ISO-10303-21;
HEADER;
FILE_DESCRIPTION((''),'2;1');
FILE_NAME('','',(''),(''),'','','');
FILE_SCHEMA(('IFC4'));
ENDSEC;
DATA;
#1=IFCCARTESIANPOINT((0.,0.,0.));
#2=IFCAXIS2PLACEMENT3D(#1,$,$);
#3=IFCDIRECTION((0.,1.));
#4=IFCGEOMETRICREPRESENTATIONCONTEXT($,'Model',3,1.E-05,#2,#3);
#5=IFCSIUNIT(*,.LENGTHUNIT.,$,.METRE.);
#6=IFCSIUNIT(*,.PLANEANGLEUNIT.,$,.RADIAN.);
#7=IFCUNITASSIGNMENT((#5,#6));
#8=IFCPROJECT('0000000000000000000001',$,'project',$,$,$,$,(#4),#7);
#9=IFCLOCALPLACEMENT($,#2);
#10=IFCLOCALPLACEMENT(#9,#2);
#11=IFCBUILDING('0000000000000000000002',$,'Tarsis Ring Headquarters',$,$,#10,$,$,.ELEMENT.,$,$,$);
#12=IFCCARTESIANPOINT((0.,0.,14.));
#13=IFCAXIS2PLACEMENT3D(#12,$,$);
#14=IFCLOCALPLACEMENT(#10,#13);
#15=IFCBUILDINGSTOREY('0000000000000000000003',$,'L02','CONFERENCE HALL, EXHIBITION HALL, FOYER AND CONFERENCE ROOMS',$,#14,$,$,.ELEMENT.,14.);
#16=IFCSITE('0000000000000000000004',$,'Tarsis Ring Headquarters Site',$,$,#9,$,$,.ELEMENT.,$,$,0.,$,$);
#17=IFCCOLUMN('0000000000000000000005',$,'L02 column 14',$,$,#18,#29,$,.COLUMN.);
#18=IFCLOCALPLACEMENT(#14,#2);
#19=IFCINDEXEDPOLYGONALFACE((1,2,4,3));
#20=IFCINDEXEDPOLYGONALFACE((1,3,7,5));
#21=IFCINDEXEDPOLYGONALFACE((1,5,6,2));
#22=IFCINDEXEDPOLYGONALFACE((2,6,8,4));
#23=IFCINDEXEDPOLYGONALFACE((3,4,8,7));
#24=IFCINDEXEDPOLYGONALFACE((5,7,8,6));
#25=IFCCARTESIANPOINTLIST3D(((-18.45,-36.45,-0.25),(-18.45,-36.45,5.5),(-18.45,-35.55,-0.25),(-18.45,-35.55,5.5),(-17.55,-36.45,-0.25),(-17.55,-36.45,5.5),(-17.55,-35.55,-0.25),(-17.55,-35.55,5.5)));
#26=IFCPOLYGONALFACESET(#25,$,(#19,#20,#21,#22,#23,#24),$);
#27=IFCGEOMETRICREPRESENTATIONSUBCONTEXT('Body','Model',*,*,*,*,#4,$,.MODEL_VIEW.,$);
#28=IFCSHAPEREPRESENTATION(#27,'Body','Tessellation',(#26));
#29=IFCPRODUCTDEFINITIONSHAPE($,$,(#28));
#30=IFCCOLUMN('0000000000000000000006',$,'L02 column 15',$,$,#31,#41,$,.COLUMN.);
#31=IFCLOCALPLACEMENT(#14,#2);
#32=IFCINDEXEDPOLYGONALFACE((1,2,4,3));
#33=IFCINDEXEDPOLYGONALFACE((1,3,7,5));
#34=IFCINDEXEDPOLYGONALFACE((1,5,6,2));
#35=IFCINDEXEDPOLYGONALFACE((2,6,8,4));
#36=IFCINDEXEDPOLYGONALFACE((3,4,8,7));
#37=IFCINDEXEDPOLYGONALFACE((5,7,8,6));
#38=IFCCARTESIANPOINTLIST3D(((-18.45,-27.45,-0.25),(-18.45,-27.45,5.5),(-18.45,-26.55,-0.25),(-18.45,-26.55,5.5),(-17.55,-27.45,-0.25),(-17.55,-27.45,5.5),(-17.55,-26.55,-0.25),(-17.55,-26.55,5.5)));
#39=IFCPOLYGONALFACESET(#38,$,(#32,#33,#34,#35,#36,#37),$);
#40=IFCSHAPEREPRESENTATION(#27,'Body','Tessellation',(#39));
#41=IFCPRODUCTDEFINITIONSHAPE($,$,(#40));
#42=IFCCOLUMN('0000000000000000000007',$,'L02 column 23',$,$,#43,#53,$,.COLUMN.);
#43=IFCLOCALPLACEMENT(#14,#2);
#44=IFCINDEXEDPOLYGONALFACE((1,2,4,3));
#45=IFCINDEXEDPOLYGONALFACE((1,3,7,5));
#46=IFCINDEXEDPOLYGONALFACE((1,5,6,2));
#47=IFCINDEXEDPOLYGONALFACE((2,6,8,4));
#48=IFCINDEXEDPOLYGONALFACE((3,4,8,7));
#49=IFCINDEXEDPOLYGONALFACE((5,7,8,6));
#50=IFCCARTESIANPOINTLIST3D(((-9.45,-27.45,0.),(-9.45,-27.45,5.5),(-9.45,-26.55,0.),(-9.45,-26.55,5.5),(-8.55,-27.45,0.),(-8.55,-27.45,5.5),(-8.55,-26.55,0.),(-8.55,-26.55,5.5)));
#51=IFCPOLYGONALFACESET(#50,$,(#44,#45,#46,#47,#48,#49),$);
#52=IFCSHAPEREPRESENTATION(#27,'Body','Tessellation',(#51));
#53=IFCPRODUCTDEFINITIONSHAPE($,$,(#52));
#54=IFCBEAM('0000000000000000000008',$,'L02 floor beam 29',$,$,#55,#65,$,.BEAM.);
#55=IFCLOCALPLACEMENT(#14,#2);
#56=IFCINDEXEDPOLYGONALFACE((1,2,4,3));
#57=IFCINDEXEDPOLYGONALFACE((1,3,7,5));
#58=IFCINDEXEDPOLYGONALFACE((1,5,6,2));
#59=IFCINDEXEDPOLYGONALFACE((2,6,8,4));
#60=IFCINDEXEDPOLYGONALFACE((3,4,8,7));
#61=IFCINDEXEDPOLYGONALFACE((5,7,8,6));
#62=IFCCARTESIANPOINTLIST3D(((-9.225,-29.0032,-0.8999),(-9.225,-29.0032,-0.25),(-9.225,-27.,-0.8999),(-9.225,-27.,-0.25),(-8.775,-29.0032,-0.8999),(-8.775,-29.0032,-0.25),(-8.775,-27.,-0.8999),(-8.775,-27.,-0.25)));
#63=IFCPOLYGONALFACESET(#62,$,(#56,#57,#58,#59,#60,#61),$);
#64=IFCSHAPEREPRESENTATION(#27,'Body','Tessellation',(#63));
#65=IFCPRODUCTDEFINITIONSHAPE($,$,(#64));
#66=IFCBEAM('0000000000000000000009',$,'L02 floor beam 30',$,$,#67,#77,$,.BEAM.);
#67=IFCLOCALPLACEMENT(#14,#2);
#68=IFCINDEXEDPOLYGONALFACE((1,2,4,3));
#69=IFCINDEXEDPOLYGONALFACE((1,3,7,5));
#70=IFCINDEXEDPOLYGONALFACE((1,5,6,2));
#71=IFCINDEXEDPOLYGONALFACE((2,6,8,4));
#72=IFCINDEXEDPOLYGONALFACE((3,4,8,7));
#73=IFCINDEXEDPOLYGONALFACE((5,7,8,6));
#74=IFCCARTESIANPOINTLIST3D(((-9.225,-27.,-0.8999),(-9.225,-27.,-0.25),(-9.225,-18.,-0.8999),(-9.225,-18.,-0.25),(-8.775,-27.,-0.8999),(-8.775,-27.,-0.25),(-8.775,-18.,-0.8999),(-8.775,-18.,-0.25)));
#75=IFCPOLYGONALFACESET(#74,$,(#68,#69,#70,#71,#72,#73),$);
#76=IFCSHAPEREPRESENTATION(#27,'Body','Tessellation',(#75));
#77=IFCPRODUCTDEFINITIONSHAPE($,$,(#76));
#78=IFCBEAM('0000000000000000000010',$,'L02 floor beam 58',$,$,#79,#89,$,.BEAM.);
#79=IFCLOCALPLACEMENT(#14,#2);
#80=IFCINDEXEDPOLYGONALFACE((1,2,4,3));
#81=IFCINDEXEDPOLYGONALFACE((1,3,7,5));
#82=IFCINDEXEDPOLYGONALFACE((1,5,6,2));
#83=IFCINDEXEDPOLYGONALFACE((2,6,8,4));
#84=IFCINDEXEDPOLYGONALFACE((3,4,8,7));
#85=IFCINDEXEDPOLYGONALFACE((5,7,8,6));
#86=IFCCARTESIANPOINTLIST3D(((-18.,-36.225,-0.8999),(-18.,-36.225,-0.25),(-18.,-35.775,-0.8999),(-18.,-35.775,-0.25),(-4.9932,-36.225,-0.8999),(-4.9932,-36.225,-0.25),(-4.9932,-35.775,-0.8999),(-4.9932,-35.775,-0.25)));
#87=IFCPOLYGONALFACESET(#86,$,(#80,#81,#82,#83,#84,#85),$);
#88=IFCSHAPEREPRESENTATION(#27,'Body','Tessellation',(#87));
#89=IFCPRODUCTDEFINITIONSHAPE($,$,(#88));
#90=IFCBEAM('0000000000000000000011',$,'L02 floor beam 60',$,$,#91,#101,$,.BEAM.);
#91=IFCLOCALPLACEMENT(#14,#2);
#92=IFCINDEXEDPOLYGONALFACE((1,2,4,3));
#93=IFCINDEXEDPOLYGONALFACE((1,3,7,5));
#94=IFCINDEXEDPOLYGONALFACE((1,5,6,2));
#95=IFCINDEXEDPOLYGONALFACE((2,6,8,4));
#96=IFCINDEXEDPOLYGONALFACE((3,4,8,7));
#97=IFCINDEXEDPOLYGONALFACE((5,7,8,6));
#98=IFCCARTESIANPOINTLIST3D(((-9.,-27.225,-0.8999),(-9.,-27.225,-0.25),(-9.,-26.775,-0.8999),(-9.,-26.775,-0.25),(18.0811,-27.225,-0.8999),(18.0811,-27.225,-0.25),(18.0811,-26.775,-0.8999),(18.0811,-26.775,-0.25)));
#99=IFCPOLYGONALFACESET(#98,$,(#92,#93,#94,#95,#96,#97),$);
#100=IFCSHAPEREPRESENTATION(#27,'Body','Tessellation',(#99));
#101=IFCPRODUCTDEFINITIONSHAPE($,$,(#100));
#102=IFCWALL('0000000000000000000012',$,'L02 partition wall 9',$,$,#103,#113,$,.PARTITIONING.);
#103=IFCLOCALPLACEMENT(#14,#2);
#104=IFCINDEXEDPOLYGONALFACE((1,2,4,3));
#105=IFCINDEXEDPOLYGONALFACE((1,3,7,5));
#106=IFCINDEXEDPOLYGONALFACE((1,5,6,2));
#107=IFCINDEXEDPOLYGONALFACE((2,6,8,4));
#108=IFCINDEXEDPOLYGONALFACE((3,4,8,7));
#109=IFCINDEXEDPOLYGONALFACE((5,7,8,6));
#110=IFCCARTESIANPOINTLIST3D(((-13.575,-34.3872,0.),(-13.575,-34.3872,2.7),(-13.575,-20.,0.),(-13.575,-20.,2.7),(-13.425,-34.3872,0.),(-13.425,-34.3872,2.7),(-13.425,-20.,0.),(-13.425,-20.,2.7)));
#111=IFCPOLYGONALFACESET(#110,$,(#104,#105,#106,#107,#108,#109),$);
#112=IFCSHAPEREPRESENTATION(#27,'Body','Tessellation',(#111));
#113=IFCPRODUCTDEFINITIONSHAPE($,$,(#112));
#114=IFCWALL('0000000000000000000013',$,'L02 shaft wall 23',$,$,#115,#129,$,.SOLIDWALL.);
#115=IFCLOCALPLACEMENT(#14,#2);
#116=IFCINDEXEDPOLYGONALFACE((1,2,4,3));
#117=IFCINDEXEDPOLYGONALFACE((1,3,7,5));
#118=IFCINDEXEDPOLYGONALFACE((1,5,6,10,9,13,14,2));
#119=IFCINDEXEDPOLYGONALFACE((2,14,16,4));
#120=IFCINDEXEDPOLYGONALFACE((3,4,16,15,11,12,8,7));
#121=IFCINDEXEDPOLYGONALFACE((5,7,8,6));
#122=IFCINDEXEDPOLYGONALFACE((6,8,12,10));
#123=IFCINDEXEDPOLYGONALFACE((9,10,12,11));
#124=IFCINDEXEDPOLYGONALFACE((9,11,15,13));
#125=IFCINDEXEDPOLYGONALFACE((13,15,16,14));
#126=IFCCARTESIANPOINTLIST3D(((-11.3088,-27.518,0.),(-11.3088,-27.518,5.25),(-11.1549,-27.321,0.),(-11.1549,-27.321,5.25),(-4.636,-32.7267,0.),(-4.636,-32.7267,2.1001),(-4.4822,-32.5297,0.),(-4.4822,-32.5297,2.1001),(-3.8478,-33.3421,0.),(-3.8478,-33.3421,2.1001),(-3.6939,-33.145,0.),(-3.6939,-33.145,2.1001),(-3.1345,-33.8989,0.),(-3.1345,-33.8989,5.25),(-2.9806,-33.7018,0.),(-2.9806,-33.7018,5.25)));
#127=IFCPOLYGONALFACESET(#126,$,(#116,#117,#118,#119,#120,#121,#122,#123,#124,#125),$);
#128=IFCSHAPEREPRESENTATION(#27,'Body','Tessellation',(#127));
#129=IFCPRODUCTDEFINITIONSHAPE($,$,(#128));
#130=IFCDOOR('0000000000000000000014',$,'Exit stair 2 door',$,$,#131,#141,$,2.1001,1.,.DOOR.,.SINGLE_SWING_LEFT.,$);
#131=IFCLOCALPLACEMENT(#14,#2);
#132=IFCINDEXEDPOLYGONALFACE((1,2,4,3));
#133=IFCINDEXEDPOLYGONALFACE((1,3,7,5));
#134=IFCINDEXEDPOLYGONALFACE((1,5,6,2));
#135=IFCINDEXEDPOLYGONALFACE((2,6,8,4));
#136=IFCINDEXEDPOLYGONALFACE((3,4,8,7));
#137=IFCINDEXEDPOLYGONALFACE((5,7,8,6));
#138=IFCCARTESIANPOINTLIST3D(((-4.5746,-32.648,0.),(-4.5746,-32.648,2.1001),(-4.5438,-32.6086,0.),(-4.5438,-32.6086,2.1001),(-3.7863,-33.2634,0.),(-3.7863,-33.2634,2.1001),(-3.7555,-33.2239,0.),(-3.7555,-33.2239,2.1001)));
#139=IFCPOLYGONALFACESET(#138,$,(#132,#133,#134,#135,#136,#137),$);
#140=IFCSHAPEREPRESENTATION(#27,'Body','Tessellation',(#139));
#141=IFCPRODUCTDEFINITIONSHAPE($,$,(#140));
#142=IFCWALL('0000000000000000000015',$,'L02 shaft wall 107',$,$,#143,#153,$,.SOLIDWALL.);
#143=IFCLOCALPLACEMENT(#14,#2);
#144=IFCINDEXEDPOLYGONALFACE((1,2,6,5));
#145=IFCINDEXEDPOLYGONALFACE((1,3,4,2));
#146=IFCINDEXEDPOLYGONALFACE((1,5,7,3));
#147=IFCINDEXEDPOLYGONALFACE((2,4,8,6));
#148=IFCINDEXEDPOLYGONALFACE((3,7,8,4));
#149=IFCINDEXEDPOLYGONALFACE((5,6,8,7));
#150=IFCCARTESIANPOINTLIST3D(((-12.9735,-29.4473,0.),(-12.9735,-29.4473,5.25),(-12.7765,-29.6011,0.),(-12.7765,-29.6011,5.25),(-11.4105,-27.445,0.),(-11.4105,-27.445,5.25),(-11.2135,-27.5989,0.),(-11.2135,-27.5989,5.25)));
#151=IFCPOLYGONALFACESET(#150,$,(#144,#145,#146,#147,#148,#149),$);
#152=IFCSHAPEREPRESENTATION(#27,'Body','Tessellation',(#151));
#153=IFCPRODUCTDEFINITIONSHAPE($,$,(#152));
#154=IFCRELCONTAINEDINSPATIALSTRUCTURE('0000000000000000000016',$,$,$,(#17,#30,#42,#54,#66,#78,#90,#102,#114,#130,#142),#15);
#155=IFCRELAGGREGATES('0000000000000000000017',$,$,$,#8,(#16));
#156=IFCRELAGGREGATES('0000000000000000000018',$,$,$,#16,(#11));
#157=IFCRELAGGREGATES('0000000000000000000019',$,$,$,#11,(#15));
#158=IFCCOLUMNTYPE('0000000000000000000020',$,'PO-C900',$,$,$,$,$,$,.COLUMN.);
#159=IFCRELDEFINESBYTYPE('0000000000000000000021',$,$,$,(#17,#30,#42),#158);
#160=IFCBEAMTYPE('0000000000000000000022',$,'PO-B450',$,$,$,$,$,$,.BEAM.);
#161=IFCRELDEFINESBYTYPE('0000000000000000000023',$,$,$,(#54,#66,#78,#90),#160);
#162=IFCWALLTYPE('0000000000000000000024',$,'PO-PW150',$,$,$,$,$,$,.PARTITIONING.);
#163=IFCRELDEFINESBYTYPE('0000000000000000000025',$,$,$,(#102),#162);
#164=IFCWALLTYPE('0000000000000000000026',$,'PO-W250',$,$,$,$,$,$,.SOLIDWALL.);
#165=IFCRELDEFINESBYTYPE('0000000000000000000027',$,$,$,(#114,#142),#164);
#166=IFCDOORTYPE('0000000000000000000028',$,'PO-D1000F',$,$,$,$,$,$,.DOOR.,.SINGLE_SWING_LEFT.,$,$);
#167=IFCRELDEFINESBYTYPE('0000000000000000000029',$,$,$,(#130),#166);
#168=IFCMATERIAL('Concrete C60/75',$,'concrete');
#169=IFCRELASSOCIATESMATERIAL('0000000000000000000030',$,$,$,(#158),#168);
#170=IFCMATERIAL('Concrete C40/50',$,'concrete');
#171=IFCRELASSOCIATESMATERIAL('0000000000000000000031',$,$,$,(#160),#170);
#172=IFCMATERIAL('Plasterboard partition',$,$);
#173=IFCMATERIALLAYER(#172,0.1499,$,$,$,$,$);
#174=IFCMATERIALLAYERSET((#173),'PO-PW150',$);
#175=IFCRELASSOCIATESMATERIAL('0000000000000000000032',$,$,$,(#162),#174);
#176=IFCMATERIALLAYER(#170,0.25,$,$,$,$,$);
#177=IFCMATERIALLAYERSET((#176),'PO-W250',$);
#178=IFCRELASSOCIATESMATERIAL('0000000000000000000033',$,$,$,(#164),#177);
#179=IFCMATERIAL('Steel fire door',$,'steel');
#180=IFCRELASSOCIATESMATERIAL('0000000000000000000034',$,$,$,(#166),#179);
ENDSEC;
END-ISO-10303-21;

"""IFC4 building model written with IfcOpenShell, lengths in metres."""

from ifc_helpers import new_model, si_unit, direction, frame, frame_2d, origin, origin_2d, place, context, subcontext, project, spatial, rectangle, extrude, material, layer, layer_set, material_profile, profile_set, type_object, element, fill, save


model = new_model("IFC4")

# Units and contexts
model_context = context("Model", 3, precision=1e-05, world=origin(), true_north=direction((0.0, 1.0)))
body_context = subcontext(model_context, "Body", "Model", "MODEL_VIEW")
ifc_project = project(units=[si_unit("LENGTHUNIT", "METRE"), si_unit("PLANEANGLEUNIT", "RADIAN")], contexts=[model_context])

# Site, building, storey
site_placement = place(None, origin())
site = spatial("IfcSite", under=ifc_project, at=site_placement, Name="Tarsis Ring Headquarters Site", CompositionType="ELEMENT", RefElevation=0.0)
building_placement = place(site_placement, origin())
building = spatial("IfcBuilding", under=site, at=building_placement, Name="Tarsis Ring Headquarters", CompositionType="ELEMENT")
storey_placement = place(building_placement, frame((0.0, 0.0, 14.0)))
storey = spatial("IfcBuildingStorey", under=building, at=storey_placement, Name="L02", Description="CONFERENCE HALL, EXHIBITION HALL, FOYER AND CONFERENCE ROOMS", CompositionType="ELEMENT", Elevation=14.0)

# Columns
ifc_material_1 = material(Name="Concrete C60/75", Category="concrete")
ifc_material_profile_1 = material_profile(ifc_material_1, rectangle(XDim=0.8999, YDim=0.8999, at=origin_2d()), Name="PO-C900")
ifc_profile_set_1 = profile_set([ifc_material_profile_1], Name="Concrete C60/75")
column_type = type_object("IfcColumnType", Name="PO-C900", PredefinedType="COLUMN", material=ifc_profile_set_1)
for number, where, z_axis, x_axis, name in (
    (1, (-18.0, -36.0, -0.25), (0.0, 0.0, 1.0), (1.0, 0.0, 0.0), "L02 column 14"),
    (2, (-18.0, -27.0, -0.25), (0.0, 0.0, 1.0), (1.0, 0.0, 0.0), "L02 column 15"),
):
    element("IfcColumn", number, at=place(storey_placement, frame(where, z_axis=z_axis, x_axis=x_axis)), inside=storey, type_object=column_type, Name=name, PredefinedType="COLUMN", context=body_context, shape_type="SweptSolid", body=[
        extrude(rectangle(XDim=0.8999, YDim=0.8999, at=origin_2d()), origin(), (0.0, 0.0, 1.0), 5.75),
    ])
column_placement = place(storey_placement, frame((-9.0, -27.0, 0.0), z_axis=(0.0, 0.0, 1.0), x_axis=(1.0, 0.0, 0.0)))
element("IfcColumn", 3, at=column_placement, inside=storey, type_object=column_type, Name="L02 column 23", PredefinedType="COLUMN", context=body_context, shape_type="SweptSolid", body=[
    extrude(rectangle(XDim=0.8999, YDim=0.8999, at=origin_2d()), origin(), (0.0, 0.0, 1.0), 5.5),
])

# Beams
ifc_material_2 = material(Name="Concrete C40/50", Category="concrete")
ifc_material_profile_2 = material_profile(ifc_material_2, rectangle(XDim=0.45, YDim=0.6499, at=origin_2d()), Name="PO-B450")
ifc_profile_set_2 = profile_set([ifc_material_profile_2], Name="Concrete C40/50")
beam_type = type_object("IfcBeamType", Name="PO-B450", PredefinedType="BEAM", material=ifc_profile_set_2)
beam_1_placement = place(storey_placement, frame((-9.0, -29.0032, -0.575), z_axis=(0.0, 1.0, 0.0), x_axis=(-1.0, 0.0, 0.0)))
element("IfcBeam", 4, at=beam_1_placement, inside=storey, type_object=beam_type, Name="L02 floor beam 29", PredefinedType="BEAM", context=body_context, shape_type="SweptSolid", body=[
    extrude(rectangle(XDim=0.45, YDim=0.6499, at=origin_2d()), origin(), (0.0, 0.0, 1.0), 2.0032),
])
beam_2_placement = place(storey_placement, frame((-9.0, -27.0, -0.575), z_axis=(0.0, 1.0, 0.0), x_axis=(-1.0, 0.0, 0.0)))
element("IfcBeam", 5, at=beam_2_placement, inside=storey, type_object=beam_type, Name="L02 floor beam 30", PredefinedType="BEAM", context=body_context, shape_type="SweptSolid", body=[
    extrude(rectangle(XDim=0.45, YDim=0.6499, at=origin_2d()), origin(), (0.0, 0.0, 1.0), 9.0),
])
beam_3_placement = place(storey_placement, frame((-18.0, -36.0, -0.575), z_axis=(1.0, 0.0, 0.0), x_axis=(0.0, 1.0, 0.0)))
element("IfcBeam", 6, at=beam_3_placement, inside=storey, type_object=beam_type, Name="L02 floor beam 58", PredefinedType="BEAM", context=body_context, shape_type="SweptSolid", body=[
    extrude(rectangle(XDim=0.45, YDim=0.6499, at=origin_2d()), origin(), (0.0, 0.0, 1.0), 13.0068),
])
beam_4_placement = place(storey_placement, frame((-9.0, -27.0, -0.575), z_axis=(1.0, 0.0, 0.0), x_axis=(0.0, 1.0, 0.0)))
element("IfcBeam", 7, at=beam_4_placement, inside=storey, type_object=beam_type, Name="L02 floor beam 60", PredefinedType="BEAM", context=body_context, shape_type="SweptSolid", body=[
    extrude(rectangle(XDim=0.45, YDim=0.6499, at=origin_2d()), origin(), (0.0, 0.0, 1.0), 27.0811),
])

# Wall
ifc_material_3 = material(Name="Plasterboard partition")
ifc_layer_1 = layer(ifc_material_3, 0.1499)
ifc_layer_set_1 = layer_set([ifc_layer_1], Name="PO-PW150")
wall_type_1 = type_object("IfcWallType", Name="PO-PW150", PredefinedType="PARTITIONING", material=ifc_layer_set_1)
wall_1_placement = place(storey_placement, frame((-13.5, -34.3872, 0.0), z_axis=(0.0, 0.0, 1.0), x_axis=(0.0, 1.0, 0.0)))
element("IfcWall", 8, at=wall_1_placement, inside=storey, type_object=wall_type_1, Name="L02 partition wall 9", PredefinedType="PARTITIONING", context=body_context, shape_type="SweptSolid", body=[
    extrude(rectangle(XDim=14.3872, YDim=0.1499, at=frame_2d((7.1936, 0.0))), origin(), (0.0, 0.0, 1.0), 2.7),
])

# Wall, opening, door
ifc_layer_2 = layer(ifc_material_2, 0.25)
ifc_layer_set_2 = layer_set([ifc_layer_2], Name="PO-W250")
wall_type_2 = type_object("IfcWallType", Name="PO-W250", PredefinedType="SOLIDWALL", material=ifc_layer_set_2)
wall_2_placement = place(storey_placement, frame((-11.2319, -27.4194, 0.0), z_axis=(0.0, 0.0, 1.0), x_axis=(0.788273, -0.615325, 0.0)))
wall_2 = element("IfcWall", 9, at=wall_2_placement, inside=storey, type_object=wall_type_2, Name="L02 shaft wall 23", PredefinedType="SOLIDWALL", context=body_context, shape_type="SweptSolid", body=[
    extrude(rectangle(XDim=10.3699, YDim=0.25, at=frame_2d((5.1851, 0.0))), origin(), (0.0, 0.0, 1.0), 5.25),
])
opening_placement = place(wall_2_placement, frame((8.4651, 0.0, 0.0)))
opening = element("IfcOpeningElement", 10, at=opening_placement, cuts=wall_2, PredefinedType="OPENING", context=body_context, shape_type="SweptSolid", body=[
    extrude(rectangle(XDim=1.0, YDim=2.1001, at=frame_2d((0.5, 1.05))), frame((0.0, 0.135, 0.0), z_axis=(0.0, -1.0, 0.0), x_axis=(1.0, 0.0, 0.0)), (0.0, 0.0, 1.0), 0.27),
])
ifc_material_4 = material(Name="Steel fire door", Category="steel")
door_type = type_object("IfcDoorType", Name="PO-D1000F", OperationType="SINGLE_SWING_LEFT", PredefinedType="DOOR", material=ifc_material_4)
door_placement = place(opening_placement, origin())
door = element("IfcDoor", 11, at=door_placement, inside=storey, type_object=door_type, Name="Exit stair 2 door", OperationType="SINGLE_SWING_LEFT", OverallHeight=2.1001, OverallWidth=1.0, PredefinedType="DOOR", context=body_context, shape_type="SweptSolid", body=[
    extrude(rectangle(XDim=1.0, YDim=2.1001, at=frame_2d((0.5, 1.05))), frame((0.0, 0.0249, 0.0), z_axis=(0.0, -1.0, 0.0), x_axis=(1.0, 0.0, 0.0)), (0.0, 0.0, 1.0), 0.05),
])
fill(opening, door)

# Wall
wall_3_placement = place(storey_placement, frame((-12.875, -29.5242, 0.0), z_axis=(0.0, 0.0, 1.0), x_axis=(0.615344, 0.788259, 0.0)))
element("IfcWall", 12, at=wall_3_placement, inside=storey, type_object=wall_type_2, Name="L02 shaft wall 107", PredefinedType="SOLIDWALL", context=body_context, shape_type="SweptSolid", body=[
    extrude(rectangle(XDim=2.54, YDim=0.25, at=frame_2d((1.27, 0.0))), origin(), (0.0, 0.0, 1.0), 5.25),
])

save(model, "model.ifc")
